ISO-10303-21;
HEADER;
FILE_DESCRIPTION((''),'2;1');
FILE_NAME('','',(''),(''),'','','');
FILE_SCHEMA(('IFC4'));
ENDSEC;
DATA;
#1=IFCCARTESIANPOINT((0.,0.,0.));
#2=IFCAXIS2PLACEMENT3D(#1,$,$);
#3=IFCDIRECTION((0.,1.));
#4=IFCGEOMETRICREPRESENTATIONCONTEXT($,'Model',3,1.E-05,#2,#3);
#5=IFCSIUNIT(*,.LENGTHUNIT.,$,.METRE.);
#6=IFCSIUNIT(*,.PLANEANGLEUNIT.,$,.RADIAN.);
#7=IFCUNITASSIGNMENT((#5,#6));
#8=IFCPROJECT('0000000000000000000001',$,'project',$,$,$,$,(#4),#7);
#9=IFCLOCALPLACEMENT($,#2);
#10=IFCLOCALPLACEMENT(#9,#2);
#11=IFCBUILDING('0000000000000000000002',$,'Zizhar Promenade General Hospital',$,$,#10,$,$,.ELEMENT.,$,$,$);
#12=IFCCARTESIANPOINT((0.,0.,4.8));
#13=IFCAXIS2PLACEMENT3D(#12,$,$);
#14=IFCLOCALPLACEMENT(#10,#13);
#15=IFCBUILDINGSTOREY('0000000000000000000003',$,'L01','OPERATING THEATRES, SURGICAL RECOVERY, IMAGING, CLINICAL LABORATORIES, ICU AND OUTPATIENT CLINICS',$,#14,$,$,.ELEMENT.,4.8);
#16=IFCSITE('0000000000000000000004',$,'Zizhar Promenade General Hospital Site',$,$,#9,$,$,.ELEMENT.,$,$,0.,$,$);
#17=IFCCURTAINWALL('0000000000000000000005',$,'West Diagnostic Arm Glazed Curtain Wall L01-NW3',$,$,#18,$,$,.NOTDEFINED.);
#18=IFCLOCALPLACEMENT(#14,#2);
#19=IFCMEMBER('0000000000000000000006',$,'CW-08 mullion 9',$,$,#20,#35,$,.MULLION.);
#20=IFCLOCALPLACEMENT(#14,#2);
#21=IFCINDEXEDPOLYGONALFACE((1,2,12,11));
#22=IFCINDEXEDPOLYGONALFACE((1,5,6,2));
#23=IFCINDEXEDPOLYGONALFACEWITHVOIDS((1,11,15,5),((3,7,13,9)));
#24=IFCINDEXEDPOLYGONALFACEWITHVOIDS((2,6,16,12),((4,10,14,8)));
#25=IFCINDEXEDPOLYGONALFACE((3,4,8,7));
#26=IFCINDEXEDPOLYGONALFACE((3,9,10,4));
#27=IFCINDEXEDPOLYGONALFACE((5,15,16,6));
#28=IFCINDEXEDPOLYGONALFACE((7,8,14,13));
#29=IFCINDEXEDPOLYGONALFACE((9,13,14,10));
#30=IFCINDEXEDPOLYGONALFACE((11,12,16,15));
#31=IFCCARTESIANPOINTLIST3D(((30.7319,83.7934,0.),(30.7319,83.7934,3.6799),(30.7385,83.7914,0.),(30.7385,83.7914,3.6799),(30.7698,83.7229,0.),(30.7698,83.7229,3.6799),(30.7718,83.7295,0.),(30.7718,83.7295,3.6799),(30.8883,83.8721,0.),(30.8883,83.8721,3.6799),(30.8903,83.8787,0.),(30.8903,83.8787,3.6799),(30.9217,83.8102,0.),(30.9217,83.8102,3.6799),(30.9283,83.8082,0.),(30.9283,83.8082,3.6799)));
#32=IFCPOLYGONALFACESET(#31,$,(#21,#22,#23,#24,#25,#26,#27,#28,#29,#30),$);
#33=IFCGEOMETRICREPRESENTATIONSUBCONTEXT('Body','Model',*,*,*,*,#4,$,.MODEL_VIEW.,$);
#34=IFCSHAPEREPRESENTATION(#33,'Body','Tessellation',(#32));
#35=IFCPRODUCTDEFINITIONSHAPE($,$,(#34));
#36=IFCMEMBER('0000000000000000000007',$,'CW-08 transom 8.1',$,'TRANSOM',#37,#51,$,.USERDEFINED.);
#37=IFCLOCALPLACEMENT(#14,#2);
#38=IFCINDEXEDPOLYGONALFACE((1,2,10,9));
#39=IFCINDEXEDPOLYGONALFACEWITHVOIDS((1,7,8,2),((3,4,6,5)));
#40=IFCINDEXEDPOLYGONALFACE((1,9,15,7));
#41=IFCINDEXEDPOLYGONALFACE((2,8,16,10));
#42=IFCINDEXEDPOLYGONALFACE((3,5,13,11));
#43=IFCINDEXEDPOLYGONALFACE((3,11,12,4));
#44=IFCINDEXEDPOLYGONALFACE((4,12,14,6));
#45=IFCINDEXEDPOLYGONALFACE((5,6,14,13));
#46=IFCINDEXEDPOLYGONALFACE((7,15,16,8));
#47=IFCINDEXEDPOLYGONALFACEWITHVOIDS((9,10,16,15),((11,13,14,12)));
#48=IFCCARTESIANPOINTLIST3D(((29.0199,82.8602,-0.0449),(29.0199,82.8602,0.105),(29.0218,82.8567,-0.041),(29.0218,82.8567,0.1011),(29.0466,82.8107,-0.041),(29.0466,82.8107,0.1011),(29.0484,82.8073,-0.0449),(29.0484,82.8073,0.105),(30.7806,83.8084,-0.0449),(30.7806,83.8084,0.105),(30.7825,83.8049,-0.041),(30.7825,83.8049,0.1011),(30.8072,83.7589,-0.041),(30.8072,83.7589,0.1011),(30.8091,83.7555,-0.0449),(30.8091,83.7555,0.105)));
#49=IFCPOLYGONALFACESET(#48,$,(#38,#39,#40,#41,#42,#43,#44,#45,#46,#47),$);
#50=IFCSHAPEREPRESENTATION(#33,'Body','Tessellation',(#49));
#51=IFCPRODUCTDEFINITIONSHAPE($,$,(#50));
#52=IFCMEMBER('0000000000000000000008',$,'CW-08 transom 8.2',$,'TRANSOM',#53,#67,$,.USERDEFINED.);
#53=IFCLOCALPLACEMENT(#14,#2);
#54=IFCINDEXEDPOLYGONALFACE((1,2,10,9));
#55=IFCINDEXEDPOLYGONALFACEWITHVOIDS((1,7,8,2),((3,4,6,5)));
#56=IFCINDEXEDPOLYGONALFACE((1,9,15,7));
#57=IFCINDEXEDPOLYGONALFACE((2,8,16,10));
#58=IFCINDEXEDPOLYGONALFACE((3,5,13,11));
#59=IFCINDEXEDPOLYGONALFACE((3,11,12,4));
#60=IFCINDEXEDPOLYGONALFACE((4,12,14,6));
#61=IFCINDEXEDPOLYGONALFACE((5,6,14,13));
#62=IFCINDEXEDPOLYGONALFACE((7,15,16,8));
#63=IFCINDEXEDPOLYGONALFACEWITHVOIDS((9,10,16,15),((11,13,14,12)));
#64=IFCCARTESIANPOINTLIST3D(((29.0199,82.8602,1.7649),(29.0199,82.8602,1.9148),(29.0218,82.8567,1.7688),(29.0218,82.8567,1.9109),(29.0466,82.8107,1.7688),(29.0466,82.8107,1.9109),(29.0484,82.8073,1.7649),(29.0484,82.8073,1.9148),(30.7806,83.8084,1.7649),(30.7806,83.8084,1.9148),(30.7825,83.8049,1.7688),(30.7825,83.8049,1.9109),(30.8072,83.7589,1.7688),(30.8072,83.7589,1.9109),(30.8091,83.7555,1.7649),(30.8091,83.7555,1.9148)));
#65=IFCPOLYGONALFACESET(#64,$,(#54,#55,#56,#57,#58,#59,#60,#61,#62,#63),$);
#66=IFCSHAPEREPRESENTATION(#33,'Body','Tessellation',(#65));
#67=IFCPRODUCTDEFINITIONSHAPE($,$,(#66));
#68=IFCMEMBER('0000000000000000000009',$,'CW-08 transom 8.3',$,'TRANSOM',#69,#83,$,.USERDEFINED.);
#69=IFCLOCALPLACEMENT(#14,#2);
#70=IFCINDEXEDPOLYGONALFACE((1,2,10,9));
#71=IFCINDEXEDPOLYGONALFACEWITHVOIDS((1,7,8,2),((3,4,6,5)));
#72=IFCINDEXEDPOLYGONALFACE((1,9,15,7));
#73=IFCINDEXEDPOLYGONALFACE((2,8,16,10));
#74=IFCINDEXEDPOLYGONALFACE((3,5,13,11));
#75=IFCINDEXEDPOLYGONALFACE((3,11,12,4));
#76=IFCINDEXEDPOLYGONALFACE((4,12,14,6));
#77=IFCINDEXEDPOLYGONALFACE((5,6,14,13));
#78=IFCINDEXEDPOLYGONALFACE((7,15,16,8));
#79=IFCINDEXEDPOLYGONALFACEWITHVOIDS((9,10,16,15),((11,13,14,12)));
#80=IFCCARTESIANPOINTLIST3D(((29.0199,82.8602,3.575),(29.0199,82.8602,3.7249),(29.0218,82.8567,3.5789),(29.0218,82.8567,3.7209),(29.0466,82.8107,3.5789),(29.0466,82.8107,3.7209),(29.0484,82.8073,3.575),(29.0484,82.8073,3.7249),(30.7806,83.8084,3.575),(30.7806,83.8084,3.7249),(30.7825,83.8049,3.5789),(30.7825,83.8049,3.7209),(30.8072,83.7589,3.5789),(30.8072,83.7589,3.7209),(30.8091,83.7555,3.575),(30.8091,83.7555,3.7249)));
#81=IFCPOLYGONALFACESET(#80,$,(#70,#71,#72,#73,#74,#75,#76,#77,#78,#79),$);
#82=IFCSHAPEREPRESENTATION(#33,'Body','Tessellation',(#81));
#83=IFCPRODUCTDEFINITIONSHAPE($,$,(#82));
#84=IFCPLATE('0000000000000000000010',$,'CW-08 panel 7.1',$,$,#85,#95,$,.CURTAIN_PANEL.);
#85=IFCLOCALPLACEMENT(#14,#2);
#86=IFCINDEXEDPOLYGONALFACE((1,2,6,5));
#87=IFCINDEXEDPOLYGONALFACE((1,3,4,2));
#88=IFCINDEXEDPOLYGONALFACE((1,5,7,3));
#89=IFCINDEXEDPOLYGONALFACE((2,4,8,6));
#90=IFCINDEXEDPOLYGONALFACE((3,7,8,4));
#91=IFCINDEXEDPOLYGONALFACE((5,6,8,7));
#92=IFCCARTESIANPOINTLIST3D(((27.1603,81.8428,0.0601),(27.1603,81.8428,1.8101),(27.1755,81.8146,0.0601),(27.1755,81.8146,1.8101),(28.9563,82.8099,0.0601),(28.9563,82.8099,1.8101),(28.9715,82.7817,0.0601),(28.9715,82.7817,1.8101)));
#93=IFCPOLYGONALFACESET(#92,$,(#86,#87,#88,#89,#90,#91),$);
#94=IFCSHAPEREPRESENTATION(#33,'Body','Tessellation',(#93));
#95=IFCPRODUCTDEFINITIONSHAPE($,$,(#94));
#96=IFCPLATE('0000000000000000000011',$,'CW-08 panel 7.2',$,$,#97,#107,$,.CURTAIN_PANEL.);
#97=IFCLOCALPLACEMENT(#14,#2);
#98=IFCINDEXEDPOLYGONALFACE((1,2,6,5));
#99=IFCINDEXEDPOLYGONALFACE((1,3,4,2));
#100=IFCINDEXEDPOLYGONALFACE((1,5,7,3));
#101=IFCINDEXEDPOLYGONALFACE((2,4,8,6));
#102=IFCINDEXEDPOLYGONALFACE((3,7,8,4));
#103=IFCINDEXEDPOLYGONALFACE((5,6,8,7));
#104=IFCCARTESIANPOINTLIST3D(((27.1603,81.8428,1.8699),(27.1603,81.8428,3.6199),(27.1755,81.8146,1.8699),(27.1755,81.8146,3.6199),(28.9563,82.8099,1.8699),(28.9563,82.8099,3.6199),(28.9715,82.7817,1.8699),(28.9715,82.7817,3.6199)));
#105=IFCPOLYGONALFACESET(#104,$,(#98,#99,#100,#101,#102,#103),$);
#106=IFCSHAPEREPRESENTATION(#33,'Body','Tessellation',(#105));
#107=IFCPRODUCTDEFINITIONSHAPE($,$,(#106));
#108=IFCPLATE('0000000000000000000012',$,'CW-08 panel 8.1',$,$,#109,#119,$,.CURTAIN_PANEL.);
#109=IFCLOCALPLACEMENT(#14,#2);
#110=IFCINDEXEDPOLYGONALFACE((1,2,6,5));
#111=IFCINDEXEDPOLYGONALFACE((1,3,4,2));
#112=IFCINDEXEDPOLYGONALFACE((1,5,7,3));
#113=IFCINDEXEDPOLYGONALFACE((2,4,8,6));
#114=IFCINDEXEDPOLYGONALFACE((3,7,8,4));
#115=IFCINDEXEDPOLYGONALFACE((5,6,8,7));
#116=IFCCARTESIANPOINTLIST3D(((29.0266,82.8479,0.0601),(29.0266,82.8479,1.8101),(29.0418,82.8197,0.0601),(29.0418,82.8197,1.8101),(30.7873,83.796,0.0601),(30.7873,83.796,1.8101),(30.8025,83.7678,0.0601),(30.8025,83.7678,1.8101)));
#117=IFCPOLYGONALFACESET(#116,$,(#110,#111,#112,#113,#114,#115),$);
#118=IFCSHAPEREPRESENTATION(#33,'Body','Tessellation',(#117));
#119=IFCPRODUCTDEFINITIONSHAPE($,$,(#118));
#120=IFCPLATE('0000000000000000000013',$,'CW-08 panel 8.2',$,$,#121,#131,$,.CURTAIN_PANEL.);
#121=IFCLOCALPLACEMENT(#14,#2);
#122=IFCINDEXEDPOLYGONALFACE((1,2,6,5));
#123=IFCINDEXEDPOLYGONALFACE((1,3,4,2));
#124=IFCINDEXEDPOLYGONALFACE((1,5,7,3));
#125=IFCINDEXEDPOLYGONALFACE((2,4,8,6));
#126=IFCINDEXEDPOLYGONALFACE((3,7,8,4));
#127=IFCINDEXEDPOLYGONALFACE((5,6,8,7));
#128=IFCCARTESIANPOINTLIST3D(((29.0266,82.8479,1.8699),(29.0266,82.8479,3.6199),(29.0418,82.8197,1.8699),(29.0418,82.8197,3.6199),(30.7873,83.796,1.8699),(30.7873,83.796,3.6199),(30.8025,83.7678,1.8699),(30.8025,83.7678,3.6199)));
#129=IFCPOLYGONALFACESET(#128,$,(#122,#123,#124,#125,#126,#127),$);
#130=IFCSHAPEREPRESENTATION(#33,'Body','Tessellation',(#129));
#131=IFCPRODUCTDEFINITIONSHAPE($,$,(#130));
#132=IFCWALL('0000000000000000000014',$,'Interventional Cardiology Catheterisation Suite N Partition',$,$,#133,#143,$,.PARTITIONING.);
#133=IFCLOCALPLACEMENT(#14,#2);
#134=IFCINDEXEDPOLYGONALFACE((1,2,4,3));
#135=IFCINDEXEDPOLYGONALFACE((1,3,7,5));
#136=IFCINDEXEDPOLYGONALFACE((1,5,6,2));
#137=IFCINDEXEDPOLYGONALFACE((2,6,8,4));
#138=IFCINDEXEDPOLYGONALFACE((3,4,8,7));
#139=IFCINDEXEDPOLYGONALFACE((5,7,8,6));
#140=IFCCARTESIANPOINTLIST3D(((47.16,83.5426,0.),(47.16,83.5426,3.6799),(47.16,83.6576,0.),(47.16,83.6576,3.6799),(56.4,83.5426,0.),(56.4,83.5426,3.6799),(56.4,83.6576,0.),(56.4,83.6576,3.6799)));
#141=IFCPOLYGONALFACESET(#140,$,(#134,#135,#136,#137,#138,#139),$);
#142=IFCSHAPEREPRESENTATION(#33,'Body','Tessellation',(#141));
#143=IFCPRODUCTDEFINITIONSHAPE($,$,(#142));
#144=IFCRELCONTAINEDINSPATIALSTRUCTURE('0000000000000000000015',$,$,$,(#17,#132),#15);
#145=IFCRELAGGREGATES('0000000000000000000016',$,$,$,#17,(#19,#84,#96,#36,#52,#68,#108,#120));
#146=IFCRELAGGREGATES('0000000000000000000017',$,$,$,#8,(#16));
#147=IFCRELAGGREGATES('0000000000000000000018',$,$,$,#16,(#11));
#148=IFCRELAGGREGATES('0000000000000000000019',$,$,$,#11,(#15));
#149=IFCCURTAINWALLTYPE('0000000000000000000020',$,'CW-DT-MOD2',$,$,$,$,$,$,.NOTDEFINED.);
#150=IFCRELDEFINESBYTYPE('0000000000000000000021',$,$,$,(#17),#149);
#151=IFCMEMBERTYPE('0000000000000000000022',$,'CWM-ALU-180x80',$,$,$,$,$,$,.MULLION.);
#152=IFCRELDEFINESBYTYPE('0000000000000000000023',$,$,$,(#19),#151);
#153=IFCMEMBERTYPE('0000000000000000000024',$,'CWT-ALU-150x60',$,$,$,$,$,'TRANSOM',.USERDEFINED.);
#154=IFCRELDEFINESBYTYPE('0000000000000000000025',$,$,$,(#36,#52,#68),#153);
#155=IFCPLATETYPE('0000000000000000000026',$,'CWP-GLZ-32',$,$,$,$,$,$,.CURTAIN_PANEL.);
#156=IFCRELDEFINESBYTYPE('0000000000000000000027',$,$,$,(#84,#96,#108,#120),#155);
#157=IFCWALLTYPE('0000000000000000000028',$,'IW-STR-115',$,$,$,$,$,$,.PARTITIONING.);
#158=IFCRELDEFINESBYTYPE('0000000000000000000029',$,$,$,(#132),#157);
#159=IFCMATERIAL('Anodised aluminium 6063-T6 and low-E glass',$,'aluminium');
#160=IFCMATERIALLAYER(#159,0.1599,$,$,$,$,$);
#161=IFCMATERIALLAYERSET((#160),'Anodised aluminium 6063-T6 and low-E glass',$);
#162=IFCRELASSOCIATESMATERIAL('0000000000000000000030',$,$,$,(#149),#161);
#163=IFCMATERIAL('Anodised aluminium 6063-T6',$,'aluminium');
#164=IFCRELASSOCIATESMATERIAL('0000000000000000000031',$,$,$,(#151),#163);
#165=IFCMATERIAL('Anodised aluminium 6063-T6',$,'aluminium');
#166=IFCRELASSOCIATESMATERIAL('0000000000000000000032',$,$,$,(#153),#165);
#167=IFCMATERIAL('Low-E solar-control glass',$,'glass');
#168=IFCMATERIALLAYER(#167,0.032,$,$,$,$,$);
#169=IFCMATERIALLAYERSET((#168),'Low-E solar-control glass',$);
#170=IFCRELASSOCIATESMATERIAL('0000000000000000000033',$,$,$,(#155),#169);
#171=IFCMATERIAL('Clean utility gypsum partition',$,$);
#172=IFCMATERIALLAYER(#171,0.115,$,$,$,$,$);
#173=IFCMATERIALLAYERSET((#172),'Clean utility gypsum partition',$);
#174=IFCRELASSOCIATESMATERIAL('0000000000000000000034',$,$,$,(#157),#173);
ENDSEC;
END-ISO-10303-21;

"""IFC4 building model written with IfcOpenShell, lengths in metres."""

from ifc_helpers import new_model, si_unit, direction, frame, frame_2d, origin, origin_2d, place, context, subcontext, project, spatial, rectangle, hollow_rectangle, extrude, material, layer, layer_set, material_profile, profile_set, type_object, element, aggregate, save


model = new_model("IFC4")

# Units and contexts
model_context = context("Model", 3, precision=1e-05, world=origin(), true_north=direction((0.0, 1.0)))
body_context = subcontext(model_context, "Body", "Model", "MODEL_VIEW")
ifc_project = project(units=[si_unit("LENGTHUNIT", "METRE"), si_unit("PLANEANGLEUNIT", "RADIAN")], contexts=[model_context])

# Site, building, storey
site_placement = place(None, origin())
site = spatial("IfcSite", under=ifc_project, at=site_placement, Name="Zizhar Promenade General Hospital Site", CompositionType="ELEMENT", RefElevation=0.0)
building_placement = place(site_placement, origin())
building = spatial("IfcBuilding", under=site, at=building_placement, Name="Zizhar Promenade General Hospital", CompositionType="ELEMENT")
storey_placement = place(building_placement, frame((0.0, 0.0, 4.8)))
storey = spatial("IfcBuildingStorey", under=building, at=storey_placement, Name="L01", Description="OPERATING THEATRES, SURGICAL RECOVERY, IMAGING, CLINICAL LABORATORIES, ICU AND OUTPATIENT CLINICS", CompositionType="ELEMENT", Elevation=4.8)

# Curtain wall, members, plates
ifc_material_1 = material(Name="Anodised aluminium 6063-T6 and low-E glass", Category="aluminium")
ifc_layer_1 = layer(ifc_material_1, 0.1599)
ifc_layer_set_1 = layer_set([ifc_layer_1], Name="Anodised aluminium 6063-T6 and low-E glass")
curtain_wall_type = type_object("IfcCurtainWallType", Name="CW-DT-MOD2", PredefinedType="NOTDEFINED", material=ifc_layer_set_1)
curtain_wall_placement = place(storey_placement, origin())
curtain_wall = element("IfcCurtainWall", 1, at=curtain_wall_placement, inside=storey, type_object=curtain_wall_type, Name="West Diagnostic Arm Glazed Curtain Wall L01-NW3", PredefinedType="NOTDEFINED")
ifc_material_2 = material(Name="Anodised aluminium 6063-T6", Category="aluminium")
ifc_material_profile_1 = material_profile(ifc_material_2, hollow_rectangle(XDim=0.0801, YDim=0.1799, WallThickness=0.0049, at=origin_2d()))
ifc_profile_set_1 = profile_set([ifc_material_profile_1], Name="Anodised aluminium 6063-T6")
member_type_1 = type_object("IfcMemberType", Name="CWM-ALU-180x80", PredefinedType="MULLION", material=ifc_profile_set_1)
member_1_placement = place(storey_placement, frame((30.8301, 83.8008, 0.0), z_axis=(0.0, 0.0, 1.0), x_axis=(-0.474097, 0.880473, 0.0)))
member_1 = element("IfcMember", 2, at=member_1_placement, type_object=member_type_1, Name="CW-08 mullion 9", PredefinedType="MULLION", context=body_context, shape_type="SweptSolid", body=[
    extrude(hollow_rectangle(XDim=0.0801, YDim=0.1799, WallThickness=0.0049, at=origin_2d()), origin(), (0.0, 0.0, 1.0), 3.6799),
])
ifc_material_3 = material(Name="Anodised aluminium 6063-T6", Category="aluminium")
ifc_material_profile_2 = material_profile(ifc_material_3, hollow_rectangle(XDim=0.0601, YDim=0.1499, WallThickness=0.0039, at=origin_2d()))
ifc_profile_set_2 = profile_set([ifc_material_profile_2], Name="Anodised aluminium 6063-T6")
member_type_2 = type_object("IfcMemberType", Name="CWT-ALU-150x60", ElementType="TRANSOM", PredefinedType="USERDEFINED", material=ifc_profile_set_2)
member_2_placement = place(storey_placement, frame((29.0342, 82.8337, 0.03), z_axis=(0.88044, 0.474158, 0.0), x_axis=(-0.474158, 0.88044, 0.0)))
member_2 = element("IfcMember", 3, at=member_2_placement, type_object=member_type_2, Name="CW-08 transom 8.1", ObjectType="TRANSOM", PredefinedType="USERDEFINED", context=body_context, shape_type="SweptSolid", body=[
    extrude(hollow_rectangle(XDim=0.0601, YDim=0.1499, WallThickness=0.0039, at=origin_2d()), origin(), (0.0, 0.0, 1.0), 1.9998),
])
member_3_placement = place(storey_placement, frame((29.0342, 82.8337, 1.8398), z_axis=(0.88044, 0.474158, 0.0), x_axis=(-0.474158, 0.88044, 0.0)))
member_3 = element("IfcMember", 4, at=member_3_placement, type_object=member_type_2, Name="CW-08 transom 8.2", ObjectType="TRANSOM", PredefinedType="USERDEFINED", context=body_context, shape_type="SweptSolid", body=[
    extrude(hollow_rectangle(XDim=0.0601, YDim=0.1499, WallThickness=0.0039, at=origin_2d()), origin(), (0.0, 0.0, 1.0), 1.9998),
])
member_4_placement = place(storey_placement, frame((29.0342, 82.8337, 3.6499), z_axis=(0.88044, 0.474158, 0.0), x_axis=(-0.474158, 0.88044, 0.0)))
member_4 = element("IfcMember", 5, at=member_4_placement, type_object=member_type_2, Name="CW-08 transom 8.3", ObjectType="TRANSOM", PredefinedType="USERDEFINED", context=body_context, shape_type="SweptSolid", body=[
    extrude(hollow_rectangle(XDim=0.0601, YDim=0.1499, WallThickness=0.0039, at=origin_2d()), origin(), (0.0, 0.0, 1.0), 1.9998),
])
ifc_material_4 = material(Name="Low-E solar-control glass", Category="glass")
ifc_layer_2 = layer(ifc_material_4, 0.032)
ifc_layer_set_2 = layer_set([ifc_layer_2], Name="Low-E solar-control glass")
plate_type = type_object("IfcPlateType", Name="CWP-GLZ-32", PredefinedType="CURTAIN_PANEL", material=ifc_layer_set_2)
plate_1_placement = place(storey_placement, frame((28.0659, 82.3123, 0.0601), z_axis=(0.0, 0.0, 1.0), x_axis=(0.880473, 0.474097, 0.0)))
plate_1 = element("IfcPlate", 6, at=plate_1_placement, type_object=plate_type, Name="CW-08 panel 7.1", PredefinedType="CURTAIN_PANEL", context=body_context, shape_type="SweptSolid", body=[
    extrude(rectangle(XDim=2.0398, YDim=0.032, at=origin_2d()), origin(), (0.0, 0.0, 1.0), 1.75),
])
plate_2_placement = place(storey_placement, frame((28.0659, 82.3123, 1.8699), z_axis=(0.0, 0.0, 1.0), x_axis=(0.880473, 0.474097, 0.0)))
plate_2 = element("IfcPlate", 7, at=plate_2_placement, type_object=plate_type, Name="CW-08 panel 7.2", PredefinedType="CURTAIN_PANEL", context=body_context, shape_type="SweptSolid", body=[
    extrude(rectangle(XDim=2.0398, YDim=0.032, at=origin_2d()), origin(), (0.0, 0.0, 1.0), 1.75),
])
plate_3_placement = place(storey_placement, frame((29.9146, 83.3079, 0.0601), z_axis=(0.0, 0.0, 1.0), x_axis=(0.880473, 0.474097, 0.0)))
plate_3 = element("IfcPlate", 8, at=plate_3_placement, type_object=plate_type, Name="CW-08 panel 8.1", PredefinedType="CURTAIN_PANEL", context=body_context, shape_type="SweptSolid", body=[
    extrude(rectangle(XDim=1.9998, YDim=0.032, at=origin_2d()), origin(), (0.0, 0.0, 1.0), 1.75),
])
plate_4_placement = place(storey_placement, frame((29.9146, 83.3079, 1.8699), z_axis=(0.0, 0.0, 1.0), x_axis=(0.880473, 0.474097, 0.0)))
plate_4 = element("IfcPlate", 9, at=plate_4_placement, type_object=plate_type, Name="CW-08 panel 8.2", PredefinedType="CURTAIN_PANEL", context=body_context, shape_type="SweptSolid", body=[
    extrude(rectangle(XDim=1.9998, YDim=0.032, at=origin_2d()), origin(), (0.0, 0.0, 1.0), 1.75),
])
aggregate(curtain_wall, [member_1, plate_1, plate_2, member_2, member_3, member_4, plate_3, plate_4])

# Wall
ifc_material_5 = material(Name="Clean utility gypsum partition")
ifc_layer_3 = layer(ifc_material_5, 0.115)
ifc_layer_set_3 = layer_set([ifc_layer_3], Name="Clean utility gypsum partition")
wall_type = type_object("IfcWallType", Name="IW-STR-115", PredefinedType="PARTITIONING", material=ifc_layer_set_3)
wall_placement = place(storey_placement, frame((47.1599, 83.6001, 0.0), z_axis=(0.0, 0.0, 1.0), x_axis=(1.0, 0.0, 0.0)))
element("IfcWall", 10, at=wall_placement, inside=storey, type_object=wall_type, Name="Interventional Cardiology Catheterisation Suite N Partition", PredefinedType="PARTITIONING", context=body_context, shape_type="SweptSolid", body=[
    extrude(rectangle(XDim=9.24, YDim=0.115, at=frame_2d((4.6201, 0.0))), origin(), (0.0, 0.0, 1.0), 3.6799),
])

save(model, "model.ifc")
